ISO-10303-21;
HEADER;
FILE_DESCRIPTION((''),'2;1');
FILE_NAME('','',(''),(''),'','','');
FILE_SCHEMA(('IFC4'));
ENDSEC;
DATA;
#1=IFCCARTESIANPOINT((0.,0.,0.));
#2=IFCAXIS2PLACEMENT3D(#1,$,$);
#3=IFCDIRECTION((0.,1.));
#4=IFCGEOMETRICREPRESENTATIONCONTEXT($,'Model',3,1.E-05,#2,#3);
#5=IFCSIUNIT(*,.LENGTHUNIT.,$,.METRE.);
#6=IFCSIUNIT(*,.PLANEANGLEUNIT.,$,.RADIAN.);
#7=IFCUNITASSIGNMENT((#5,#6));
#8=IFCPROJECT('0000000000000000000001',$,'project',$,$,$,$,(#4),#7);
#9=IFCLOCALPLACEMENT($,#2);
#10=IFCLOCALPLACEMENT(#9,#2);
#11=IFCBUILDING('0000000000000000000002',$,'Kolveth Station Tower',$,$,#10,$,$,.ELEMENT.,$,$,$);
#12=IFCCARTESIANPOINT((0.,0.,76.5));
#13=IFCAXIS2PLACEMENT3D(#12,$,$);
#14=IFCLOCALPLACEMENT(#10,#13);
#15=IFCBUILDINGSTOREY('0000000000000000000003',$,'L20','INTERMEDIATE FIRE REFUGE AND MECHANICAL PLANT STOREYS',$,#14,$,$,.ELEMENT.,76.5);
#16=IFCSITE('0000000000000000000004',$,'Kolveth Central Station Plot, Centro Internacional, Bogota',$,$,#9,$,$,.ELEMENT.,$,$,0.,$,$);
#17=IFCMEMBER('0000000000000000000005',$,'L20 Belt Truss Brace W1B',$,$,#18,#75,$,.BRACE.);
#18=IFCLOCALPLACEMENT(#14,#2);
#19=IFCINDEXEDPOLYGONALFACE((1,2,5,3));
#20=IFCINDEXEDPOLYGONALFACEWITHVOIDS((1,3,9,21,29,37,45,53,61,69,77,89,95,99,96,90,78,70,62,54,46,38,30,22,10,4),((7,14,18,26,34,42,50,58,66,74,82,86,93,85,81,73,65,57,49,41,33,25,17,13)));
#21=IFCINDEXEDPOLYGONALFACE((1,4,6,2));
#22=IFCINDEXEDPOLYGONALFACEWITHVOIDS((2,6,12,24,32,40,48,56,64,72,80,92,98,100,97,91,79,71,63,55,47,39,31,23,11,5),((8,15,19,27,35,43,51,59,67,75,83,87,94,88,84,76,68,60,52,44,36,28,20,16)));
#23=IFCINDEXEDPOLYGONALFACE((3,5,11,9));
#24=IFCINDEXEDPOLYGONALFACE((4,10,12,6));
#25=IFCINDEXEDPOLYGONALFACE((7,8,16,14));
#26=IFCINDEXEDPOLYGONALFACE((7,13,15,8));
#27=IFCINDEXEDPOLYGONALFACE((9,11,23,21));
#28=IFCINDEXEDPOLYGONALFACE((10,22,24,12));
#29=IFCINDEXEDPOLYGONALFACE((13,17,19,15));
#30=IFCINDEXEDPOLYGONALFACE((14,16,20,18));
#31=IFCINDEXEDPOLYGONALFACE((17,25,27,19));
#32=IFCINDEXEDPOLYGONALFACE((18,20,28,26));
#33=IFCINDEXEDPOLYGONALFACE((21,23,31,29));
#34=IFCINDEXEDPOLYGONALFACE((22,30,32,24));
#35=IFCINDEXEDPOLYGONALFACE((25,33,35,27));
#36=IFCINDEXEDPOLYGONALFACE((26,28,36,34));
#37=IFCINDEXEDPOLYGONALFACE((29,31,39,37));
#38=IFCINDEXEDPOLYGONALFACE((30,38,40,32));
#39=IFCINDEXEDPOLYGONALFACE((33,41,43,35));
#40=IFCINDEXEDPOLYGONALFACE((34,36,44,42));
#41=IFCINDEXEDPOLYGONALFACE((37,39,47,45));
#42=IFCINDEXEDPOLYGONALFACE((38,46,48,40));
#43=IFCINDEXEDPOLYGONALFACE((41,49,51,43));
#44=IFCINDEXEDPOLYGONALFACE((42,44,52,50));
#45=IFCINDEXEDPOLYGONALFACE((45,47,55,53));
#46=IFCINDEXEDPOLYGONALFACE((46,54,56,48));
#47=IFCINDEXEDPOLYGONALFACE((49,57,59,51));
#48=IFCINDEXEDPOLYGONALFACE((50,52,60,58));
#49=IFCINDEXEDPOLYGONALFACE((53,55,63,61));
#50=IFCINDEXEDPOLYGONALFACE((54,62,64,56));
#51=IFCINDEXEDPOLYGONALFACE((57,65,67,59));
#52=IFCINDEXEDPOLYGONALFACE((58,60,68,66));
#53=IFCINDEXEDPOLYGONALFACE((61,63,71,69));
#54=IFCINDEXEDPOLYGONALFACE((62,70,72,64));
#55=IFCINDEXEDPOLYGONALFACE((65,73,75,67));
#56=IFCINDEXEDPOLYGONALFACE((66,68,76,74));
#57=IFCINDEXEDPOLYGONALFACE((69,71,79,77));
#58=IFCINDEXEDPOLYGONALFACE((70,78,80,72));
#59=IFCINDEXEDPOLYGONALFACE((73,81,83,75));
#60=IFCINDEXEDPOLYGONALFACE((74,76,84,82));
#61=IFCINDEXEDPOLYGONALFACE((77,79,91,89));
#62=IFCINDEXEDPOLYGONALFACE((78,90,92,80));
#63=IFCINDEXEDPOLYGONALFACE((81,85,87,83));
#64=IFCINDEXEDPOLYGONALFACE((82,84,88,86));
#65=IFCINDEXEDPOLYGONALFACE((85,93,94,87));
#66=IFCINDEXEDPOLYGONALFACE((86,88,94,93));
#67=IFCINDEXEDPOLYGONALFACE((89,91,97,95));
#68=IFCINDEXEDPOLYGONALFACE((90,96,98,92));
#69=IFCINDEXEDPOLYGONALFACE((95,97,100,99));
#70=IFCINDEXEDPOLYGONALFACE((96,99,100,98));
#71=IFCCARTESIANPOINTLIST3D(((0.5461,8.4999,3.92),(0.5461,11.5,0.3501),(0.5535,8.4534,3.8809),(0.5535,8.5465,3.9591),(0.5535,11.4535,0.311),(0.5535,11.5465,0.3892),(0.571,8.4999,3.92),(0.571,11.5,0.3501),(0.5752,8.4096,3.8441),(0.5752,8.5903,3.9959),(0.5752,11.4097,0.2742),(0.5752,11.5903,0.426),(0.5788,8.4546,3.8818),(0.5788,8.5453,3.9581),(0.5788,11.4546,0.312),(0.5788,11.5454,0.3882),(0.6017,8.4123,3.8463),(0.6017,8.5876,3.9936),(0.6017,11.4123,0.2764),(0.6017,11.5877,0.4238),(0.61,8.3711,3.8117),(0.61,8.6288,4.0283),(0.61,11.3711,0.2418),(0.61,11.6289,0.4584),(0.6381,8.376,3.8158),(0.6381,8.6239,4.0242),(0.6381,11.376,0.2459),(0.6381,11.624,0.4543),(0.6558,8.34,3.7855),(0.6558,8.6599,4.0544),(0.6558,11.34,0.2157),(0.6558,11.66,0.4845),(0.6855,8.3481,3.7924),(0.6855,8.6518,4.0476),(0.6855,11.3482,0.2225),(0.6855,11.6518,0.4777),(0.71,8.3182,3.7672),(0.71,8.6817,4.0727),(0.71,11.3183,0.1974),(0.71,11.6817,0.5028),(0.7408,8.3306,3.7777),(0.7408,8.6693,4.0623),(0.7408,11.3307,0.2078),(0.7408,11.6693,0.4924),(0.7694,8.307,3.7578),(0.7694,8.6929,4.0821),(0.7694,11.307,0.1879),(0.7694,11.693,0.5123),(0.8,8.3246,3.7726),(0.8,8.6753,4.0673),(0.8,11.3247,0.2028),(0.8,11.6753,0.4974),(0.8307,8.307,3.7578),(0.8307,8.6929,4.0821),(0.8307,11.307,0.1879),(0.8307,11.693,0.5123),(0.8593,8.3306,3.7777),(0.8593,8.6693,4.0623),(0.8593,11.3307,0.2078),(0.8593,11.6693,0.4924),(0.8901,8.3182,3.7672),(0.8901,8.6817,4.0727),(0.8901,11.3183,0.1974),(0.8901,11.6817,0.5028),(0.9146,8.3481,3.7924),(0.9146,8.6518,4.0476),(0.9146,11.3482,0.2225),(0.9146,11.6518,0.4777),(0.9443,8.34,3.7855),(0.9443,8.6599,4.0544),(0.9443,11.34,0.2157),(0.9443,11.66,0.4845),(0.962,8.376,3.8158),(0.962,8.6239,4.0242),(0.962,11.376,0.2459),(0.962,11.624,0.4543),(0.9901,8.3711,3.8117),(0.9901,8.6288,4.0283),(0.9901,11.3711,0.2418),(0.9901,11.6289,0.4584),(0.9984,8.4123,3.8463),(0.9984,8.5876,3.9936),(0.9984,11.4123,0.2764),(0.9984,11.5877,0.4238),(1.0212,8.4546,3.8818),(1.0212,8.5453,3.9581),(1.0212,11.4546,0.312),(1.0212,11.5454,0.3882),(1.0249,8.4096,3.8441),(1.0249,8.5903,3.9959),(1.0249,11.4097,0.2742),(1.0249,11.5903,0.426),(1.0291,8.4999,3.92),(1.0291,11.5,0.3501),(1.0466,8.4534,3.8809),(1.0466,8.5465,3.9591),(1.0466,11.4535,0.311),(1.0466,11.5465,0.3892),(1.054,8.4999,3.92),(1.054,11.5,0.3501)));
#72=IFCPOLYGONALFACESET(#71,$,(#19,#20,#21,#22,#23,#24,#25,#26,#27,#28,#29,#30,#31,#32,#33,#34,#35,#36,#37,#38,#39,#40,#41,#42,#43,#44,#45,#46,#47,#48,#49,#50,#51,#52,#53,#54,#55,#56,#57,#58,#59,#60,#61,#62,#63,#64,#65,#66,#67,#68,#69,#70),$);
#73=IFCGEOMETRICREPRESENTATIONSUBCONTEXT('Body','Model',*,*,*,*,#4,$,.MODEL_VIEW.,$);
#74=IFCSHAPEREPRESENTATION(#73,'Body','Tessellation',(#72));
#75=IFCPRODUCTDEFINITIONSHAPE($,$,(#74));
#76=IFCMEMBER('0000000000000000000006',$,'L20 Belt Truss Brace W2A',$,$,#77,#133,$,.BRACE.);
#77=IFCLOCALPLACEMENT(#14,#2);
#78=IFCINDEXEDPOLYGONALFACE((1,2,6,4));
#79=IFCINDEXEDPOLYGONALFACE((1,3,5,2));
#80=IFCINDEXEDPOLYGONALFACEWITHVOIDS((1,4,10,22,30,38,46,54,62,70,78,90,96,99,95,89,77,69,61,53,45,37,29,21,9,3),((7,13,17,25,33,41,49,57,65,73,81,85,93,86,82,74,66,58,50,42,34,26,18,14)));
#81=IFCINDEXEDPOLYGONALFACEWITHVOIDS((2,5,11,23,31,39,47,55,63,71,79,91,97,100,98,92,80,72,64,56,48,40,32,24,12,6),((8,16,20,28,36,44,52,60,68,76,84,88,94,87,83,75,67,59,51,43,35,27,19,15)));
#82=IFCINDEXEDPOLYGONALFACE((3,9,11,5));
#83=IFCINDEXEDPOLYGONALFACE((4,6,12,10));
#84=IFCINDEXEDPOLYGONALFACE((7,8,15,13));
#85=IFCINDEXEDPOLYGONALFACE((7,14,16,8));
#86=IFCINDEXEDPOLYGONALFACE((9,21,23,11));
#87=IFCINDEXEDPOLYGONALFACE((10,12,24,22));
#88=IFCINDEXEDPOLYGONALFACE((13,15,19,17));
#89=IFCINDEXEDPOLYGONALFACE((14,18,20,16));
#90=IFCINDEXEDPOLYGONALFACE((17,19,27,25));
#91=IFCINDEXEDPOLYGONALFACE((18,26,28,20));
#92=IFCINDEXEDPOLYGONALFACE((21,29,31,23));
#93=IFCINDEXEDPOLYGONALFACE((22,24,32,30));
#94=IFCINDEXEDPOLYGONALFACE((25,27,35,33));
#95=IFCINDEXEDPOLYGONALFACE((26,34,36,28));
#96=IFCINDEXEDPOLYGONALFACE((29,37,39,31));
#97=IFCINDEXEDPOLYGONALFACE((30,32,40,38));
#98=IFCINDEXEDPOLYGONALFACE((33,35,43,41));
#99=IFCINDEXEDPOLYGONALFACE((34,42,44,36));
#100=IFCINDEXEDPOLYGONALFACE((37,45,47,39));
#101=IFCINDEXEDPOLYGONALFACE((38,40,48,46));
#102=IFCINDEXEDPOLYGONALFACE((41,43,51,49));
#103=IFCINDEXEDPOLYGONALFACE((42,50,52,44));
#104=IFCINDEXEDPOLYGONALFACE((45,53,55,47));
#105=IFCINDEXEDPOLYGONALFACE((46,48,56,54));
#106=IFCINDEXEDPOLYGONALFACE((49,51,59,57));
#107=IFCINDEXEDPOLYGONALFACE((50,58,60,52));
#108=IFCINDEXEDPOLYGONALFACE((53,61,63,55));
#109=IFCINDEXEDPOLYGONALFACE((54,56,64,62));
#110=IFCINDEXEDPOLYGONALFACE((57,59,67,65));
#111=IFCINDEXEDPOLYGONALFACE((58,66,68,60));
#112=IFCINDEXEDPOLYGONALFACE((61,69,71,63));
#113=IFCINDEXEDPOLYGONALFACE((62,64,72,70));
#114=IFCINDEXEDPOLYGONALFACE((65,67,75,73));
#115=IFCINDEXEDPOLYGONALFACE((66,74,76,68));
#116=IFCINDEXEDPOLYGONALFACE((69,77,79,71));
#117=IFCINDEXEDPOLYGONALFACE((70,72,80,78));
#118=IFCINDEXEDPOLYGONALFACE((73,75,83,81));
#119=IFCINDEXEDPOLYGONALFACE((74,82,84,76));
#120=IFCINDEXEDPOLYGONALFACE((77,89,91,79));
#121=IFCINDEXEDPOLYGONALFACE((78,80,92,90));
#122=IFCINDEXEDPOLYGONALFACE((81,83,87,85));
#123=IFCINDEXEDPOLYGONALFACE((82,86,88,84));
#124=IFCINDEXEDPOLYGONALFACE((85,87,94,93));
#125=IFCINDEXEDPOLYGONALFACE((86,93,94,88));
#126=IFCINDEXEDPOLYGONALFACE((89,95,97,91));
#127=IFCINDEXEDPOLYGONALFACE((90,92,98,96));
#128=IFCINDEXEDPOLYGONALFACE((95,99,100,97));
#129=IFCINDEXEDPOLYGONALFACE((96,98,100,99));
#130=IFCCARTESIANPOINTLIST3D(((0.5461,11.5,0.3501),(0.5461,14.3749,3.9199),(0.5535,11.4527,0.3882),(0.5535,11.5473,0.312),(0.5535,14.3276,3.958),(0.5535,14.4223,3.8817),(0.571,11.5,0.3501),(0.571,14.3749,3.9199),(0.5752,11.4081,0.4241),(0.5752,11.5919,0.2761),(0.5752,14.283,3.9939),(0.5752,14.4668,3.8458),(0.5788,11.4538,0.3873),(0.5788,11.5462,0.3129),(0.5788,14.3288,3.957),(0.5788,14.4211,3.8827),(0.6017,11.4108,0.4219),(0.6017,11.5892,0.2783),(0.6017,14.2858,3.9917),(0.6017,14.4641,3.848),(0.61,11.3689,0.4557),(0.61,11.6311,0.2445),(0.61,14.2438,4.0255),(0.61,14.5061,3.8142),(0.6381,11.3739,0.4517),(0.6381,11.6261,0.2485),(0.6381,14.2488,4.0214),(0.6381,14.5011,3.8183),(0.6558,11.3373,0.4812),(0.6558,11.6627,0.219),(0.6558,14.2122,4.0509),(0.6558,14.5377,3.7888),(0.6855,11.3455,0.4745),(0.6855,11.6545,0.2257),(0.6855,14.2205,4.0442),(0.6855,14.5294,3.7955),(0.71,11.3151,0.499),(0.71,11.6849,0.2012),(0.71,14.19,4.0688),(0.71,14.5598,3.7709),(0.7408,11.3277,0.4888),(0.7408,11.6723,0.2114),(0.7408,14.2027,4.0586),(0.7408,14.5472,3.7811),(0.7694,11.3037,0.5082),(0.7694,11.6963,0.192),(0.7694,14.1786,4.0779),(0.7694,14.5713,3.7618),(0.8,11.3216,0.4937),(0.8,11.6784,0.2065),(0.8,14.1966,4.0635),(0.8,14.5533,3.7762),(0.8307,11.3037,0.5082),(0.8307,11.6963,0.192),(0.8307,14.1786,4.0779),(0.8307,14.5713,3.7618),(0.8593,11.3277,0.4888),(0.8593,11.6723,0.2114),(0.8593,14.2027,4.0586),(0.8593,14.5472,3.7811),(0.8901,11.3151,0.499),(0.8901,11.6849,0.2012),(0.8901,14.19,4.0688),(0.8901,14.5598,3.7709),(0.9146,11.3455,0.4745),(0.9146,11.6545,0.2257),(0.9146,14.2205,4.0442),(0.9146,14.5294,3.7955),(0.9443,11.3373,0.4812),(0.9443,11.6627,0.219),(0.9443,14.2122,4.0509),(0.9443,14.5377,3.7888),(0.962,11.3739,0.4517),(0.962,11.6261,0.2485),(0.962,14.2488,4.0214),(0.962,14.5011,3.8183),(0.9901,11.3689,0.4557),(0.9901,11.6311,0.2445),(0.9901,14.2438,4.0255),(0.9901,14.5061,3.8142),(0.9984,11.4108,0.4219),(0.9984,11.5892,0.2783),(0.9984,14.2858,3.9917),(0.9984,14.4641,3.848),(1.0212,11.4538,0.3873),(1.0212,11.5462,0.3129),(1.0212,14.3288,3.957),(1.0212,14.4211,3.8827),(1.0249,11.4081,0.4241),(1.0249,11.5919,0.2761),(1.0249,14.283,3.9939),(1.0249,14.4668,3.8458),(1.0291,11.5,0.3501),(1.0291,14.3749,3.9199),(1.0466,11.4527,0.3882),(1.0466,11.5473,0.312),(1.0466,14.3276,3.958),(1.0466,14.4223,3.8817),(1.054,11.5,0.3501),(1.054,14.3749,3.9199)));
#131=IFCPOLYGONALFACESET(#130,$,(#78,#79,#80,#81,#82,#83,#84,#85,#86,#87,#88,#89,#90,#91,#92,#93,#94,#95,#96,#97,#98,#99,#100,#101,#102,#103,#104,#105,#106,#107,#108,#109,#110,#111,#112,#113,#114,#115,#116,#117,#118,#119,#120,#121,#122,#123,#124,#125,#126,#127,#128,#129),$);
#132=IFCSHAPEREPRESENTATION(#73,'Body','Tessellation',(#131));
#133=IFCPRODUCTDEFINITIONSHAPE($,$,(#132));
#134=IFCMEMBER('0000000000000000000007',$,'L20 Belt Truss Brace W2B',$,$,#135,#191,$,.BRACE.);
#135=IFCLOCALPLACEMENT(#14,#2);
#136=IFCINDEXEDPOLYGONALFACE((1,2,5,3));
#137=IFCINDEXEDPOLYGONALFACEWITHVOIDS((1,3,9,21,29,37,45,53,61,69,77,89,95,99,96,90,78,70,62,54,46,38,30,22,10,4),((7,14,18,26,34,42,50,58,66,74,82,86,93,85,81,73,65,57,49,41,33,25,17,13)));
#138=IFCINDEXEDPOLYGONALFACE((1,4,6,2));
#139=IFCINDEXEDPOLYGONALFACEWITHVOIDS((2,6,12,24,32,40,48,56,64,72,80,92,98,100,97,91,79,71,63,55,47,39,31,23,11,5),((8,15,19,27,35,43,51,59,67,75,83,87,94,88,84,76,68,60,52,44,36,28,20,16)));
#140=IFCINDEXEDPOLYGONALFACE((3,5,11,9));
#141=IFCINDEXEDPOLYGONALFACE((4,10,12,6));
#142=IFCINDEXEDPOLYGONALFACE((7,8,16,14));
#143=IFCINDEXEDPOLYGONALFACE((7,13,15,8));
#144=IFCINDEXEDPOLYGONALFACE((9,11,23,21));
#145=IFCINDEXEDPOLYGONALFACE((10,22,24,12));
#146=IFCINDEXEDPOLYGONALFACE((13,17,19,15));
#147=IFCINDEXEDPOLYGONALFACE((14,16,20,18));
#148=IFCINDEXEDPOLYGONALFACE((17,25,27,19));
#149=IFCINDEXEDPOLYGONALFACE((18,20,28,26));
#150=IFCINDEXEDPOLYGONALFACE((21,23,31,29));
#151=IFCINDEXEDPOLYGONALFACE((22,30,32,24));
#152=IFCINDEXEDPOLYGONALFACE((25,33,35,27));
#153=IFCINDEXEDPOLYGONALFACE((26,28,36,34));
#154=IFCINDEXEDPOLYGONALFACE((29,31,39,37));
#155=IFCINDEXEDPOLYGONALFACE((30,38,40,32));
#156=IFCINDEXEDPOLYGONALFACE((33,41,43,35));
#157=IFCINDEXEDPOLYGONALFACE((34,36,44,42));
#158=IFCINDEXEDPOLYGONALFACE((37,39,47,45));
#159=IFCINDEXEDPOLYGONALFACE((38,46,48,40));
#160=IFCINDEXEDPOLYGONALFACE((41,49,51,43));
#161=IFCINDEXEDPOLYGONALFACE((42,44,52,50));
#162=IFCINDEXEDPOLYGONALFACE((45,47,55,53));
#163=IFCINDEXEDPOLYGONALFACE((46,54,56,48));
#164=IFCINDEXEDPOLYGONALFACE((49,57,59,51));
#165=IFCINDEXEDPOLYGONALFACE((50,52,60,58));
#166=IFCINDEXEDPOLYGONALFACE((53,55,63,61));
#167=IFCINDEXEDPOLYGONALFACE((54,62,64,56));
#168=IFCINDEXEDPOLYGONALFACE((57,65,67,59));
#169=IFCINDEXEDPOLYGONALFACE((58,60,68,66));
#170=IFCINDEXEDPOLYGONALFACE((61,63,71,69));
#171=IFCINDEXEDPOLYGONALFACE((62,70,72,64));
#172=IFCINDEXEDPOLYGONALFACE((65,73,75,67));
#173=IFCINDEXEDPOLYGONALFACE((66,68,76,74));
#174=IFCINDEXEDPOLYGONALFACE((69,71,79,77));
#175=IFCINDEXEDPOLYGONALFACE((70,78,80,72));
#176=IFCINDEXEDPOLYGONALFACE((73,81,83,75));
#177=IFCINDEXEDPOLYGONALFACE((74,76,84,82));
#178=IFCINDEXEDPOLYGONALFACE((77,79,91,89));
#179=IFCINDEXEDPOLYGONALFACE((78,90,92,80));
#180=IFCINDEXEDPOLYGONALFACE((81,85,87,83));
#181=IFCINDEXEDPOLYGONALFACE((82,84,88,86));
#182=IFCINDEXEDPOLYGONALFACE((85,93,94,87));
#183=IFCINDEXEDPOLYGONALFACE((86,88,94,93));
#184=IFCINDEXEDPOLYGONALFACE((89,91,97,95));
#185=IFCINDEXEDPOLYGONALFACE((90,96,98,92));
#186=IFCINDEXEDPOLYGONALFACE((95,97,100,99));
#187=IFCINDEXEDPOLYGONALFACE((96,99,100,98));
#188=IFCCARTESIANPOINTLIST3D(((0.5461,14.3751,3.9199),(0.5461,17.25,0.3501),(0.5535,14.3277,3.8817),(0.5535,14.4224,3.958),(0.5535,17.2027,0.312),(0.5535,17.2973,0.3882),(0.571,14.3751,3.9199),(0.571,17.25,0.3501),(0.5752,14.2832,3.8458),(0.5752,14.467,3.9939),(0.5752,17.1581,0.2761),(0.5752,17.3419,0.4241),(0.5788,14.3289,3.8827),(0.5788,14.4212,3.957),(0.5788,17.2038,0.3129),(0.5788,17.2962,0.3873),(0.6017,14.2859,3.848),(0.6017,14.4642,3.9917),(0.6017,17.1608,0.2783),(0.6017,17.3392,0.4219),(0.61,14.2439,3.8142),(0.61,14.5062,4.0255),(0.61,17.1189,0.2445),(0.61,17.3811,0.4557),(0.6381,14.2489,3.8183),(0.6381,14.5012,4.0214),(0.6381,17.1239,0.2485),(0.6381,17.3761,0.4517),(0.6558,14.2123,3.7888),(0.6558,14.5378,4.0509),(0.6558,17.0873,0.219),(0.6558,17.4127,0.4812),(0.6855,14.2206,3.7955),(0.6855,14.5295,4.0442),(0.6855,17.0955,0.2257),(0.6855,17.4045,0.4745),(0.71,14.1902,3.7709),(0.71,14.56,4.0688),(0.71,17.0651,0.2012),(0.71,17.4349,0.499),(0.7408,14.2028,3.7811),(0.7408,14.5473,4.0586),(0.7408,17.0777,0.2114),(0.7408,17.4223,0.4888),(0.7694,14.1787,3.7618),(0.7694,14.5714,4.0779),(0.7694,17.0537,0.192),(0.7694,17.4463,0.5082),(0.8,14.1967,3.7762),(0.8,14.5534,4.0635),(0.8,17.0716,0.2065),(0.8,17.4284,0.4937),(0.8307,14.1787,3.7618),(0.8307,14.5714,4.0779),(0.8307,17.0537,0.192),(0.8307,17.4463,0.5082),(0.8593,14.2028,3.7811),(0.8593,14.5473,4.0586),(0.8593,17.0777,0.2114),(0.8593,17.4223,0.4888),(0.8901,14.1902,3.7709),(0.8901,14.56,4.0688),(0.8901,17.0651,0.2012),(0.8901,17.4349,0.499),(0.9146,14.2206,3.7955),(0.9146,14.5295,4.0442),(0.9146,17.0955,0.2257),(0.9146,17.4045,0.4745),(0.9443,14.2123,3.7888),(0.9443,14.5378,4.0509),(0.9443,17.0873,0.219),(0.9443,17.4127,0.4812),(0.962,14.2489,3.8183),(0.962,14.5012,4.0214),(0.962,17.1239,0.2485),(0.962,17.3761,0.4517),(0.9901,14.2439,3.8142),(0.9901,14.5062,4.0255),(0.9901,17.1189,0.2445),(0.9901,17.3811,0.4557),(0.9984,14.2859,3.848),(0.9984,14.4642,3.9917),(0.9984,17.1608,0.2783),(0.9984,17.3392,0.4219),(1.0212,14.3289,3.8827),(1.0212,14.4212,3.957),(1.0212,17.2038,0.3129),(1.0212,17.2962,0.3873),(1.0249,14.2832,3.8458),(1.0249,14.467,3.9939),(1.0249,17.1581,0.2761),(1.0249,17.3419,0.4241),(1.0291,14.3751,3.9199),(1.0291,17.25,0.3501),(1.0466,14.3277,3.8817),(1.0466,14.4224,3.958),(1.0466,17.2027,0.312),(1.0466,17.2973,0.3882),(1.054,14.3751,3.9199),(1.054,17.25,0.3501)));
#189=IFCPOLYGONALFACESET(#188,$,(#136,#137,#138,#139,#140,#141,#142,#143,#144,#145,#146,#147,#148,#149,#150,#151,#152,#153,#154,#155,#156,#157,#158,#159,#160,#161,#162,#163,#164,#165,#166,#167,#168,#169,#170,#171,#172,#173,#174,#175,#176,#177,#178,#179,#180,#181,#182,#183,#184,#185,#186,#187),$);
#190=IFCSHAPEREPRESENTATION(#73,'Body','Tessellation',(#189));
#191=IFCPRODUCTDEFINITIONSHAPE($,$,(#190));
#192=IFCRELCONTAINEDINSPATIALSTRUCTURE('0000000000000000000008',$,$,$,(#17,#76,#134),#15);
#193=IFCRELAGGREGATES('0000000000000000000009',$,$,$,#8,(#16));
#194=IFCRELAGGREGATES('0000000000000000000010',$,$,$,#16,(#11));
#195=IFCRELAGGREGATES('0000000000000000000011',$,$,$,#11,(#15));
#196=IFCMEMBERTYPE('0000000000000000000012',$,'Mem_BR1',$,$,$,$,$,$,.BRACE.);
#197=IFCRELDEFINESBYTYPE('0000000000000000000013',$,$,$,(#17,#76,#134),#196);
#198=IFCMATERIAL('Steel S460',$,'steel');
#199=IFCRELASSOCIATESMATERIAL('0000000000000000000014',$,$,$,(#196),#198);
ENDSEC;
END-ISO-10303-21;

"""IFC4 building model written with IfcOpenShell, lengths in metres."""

from ifc_helpers import new_model, si_unit, direction, frame, origin, origin_2d, place, context, subcontext, project, spatial, hollow_circle, extrude, source, transform, mapped, material, material_profile, profile_set, type_object, element, save


model = new_model("IFC4")

# Units and contexts
model_context = context("Model", 3, precision=1e-05, world=origin(), true_north=direction((0.0, 1.0)))
body_context = subcontext(model_context, "Body", "Model", "MODEL_VIEW")
ifc_project = project(units=[si_unit("LENGTHUNIT", "METRE"), si_unit("PLANEANGLEUNIT", "RADIAN")], contexts=[model_context])

# Site, building, storey
site_placement = place(None, origin())
site = spatial("IfcSite", under=ifc_project, at=site_placement, Name="Kolveth Central Station Plot, Centro Internacional, Bogota", CompositionType="ELEMENT", RefElevation=0.0)
building_placement = place(site_placement, origin())
building = spatial("IfcBuilding", under=site, at=building_placement, Name="Kolveth Station Tower", CompositionType="ELEMENT")
storey_placement = place(building_placement, frame((0.0, 0.0, 76.5)))
storey = spatial("IfcBuildingStorey", under=building, at=storey_placement, Name="L20", Description="INTERMEDIATE FIRE REFUGE AND MECHANICAL PLANT STOREYS", CompositionType="ELEMENT", Elevation=76.5)

# Shared definitions
ifc_material_1 = material(Name="Steel S460", Category="steel")

# Members
ifc_material_profile_1 = material_profile(ifc_material_1, hollow_circle(Radius=0.2539, WallThickness=0.0249, at=origin_2d()), Name="CHS508x25")
ifc_profile_set_1 = profile_set([ifc_material_profile_1], Name="Steel S460")
member_type_1 = type_object("IfcMemberType", Name="Mem_BR1", PredefinedType="BRACE", material=ifc_profile_set_1)
shared_shape_1 = source(origin(), body_context, "Body", "SweptSolid", [
    extrude(hollow_circle(Radius=0.2539, WallThickness=0.0249, at=origin_2d()), origin(), (0.0, 0.0, 1.0), 4.6631),
])
member_1_placement = place(storey_placement, frame((0.8, 11.5, 0.3501), z_axis=(0.0, -0.643362, 0.765563), x_axis=(1.0, 0.0, 0.0)))
element("IfcMember", 1, at=member_1_placement, inside=storey, type_object=member_type_1, Name="L20 Belt Truss Brace W1B", PredefinedType="BRACE", context=body_context, shape_type="MappedRepresentation", body=[
    mapped(shared_shape_1, transform((0.0, 0.0, 0.0), x_axis=(1.0, 0.0, 0.0), y_axis=(0.0, 1.0, 0.0), z_axis=(0.0, 0.0, 1.0), scale=1.0)),
])
shared_shape_2 = source(origin(), body_context, "Body", "SweptSolid", [
    extrude(hollow_circle(Radius=0.2539, WallThickness=0.0249, at=origin_2d()), origin(), (0.0, 0.0, 1.0), 4.5835),
])
for number, where, z_axis, x_axis, name in (
    (2, (0.8, 11.5, 0.3501), (0.0, 0.627238, 0.778828), (-1.0, 0.0, 0.0), "L20 Belt Truss Brace W2A"),
    (3, (0.8, 17.25, 0.3501), (0.0, -0.627238, 0.778828), (1.0, 0.0, 0.0), "L20 Belt Truss Brace W2B"),
):
    element("IfcMember", number, at=place(storey_placement, frame(where, z_axis=z_axis, x_axis=x_axis)), inside=storey, type_object=member_type_1, Name=name, PredefinedType="BRACE", context=body_context, shape_type="MappedRepresentation", body=[
        mapped(shared_shape_2, transform((0.0, 0.0, 0.0), x_axis=(1.0, 0.0, 0.0), y_axis=(0.0, 1.0, 0.0), z_axis=(0.0, 0.0, 1.0), scale=1.0)),
    ])

save(model, "model.ifc")
